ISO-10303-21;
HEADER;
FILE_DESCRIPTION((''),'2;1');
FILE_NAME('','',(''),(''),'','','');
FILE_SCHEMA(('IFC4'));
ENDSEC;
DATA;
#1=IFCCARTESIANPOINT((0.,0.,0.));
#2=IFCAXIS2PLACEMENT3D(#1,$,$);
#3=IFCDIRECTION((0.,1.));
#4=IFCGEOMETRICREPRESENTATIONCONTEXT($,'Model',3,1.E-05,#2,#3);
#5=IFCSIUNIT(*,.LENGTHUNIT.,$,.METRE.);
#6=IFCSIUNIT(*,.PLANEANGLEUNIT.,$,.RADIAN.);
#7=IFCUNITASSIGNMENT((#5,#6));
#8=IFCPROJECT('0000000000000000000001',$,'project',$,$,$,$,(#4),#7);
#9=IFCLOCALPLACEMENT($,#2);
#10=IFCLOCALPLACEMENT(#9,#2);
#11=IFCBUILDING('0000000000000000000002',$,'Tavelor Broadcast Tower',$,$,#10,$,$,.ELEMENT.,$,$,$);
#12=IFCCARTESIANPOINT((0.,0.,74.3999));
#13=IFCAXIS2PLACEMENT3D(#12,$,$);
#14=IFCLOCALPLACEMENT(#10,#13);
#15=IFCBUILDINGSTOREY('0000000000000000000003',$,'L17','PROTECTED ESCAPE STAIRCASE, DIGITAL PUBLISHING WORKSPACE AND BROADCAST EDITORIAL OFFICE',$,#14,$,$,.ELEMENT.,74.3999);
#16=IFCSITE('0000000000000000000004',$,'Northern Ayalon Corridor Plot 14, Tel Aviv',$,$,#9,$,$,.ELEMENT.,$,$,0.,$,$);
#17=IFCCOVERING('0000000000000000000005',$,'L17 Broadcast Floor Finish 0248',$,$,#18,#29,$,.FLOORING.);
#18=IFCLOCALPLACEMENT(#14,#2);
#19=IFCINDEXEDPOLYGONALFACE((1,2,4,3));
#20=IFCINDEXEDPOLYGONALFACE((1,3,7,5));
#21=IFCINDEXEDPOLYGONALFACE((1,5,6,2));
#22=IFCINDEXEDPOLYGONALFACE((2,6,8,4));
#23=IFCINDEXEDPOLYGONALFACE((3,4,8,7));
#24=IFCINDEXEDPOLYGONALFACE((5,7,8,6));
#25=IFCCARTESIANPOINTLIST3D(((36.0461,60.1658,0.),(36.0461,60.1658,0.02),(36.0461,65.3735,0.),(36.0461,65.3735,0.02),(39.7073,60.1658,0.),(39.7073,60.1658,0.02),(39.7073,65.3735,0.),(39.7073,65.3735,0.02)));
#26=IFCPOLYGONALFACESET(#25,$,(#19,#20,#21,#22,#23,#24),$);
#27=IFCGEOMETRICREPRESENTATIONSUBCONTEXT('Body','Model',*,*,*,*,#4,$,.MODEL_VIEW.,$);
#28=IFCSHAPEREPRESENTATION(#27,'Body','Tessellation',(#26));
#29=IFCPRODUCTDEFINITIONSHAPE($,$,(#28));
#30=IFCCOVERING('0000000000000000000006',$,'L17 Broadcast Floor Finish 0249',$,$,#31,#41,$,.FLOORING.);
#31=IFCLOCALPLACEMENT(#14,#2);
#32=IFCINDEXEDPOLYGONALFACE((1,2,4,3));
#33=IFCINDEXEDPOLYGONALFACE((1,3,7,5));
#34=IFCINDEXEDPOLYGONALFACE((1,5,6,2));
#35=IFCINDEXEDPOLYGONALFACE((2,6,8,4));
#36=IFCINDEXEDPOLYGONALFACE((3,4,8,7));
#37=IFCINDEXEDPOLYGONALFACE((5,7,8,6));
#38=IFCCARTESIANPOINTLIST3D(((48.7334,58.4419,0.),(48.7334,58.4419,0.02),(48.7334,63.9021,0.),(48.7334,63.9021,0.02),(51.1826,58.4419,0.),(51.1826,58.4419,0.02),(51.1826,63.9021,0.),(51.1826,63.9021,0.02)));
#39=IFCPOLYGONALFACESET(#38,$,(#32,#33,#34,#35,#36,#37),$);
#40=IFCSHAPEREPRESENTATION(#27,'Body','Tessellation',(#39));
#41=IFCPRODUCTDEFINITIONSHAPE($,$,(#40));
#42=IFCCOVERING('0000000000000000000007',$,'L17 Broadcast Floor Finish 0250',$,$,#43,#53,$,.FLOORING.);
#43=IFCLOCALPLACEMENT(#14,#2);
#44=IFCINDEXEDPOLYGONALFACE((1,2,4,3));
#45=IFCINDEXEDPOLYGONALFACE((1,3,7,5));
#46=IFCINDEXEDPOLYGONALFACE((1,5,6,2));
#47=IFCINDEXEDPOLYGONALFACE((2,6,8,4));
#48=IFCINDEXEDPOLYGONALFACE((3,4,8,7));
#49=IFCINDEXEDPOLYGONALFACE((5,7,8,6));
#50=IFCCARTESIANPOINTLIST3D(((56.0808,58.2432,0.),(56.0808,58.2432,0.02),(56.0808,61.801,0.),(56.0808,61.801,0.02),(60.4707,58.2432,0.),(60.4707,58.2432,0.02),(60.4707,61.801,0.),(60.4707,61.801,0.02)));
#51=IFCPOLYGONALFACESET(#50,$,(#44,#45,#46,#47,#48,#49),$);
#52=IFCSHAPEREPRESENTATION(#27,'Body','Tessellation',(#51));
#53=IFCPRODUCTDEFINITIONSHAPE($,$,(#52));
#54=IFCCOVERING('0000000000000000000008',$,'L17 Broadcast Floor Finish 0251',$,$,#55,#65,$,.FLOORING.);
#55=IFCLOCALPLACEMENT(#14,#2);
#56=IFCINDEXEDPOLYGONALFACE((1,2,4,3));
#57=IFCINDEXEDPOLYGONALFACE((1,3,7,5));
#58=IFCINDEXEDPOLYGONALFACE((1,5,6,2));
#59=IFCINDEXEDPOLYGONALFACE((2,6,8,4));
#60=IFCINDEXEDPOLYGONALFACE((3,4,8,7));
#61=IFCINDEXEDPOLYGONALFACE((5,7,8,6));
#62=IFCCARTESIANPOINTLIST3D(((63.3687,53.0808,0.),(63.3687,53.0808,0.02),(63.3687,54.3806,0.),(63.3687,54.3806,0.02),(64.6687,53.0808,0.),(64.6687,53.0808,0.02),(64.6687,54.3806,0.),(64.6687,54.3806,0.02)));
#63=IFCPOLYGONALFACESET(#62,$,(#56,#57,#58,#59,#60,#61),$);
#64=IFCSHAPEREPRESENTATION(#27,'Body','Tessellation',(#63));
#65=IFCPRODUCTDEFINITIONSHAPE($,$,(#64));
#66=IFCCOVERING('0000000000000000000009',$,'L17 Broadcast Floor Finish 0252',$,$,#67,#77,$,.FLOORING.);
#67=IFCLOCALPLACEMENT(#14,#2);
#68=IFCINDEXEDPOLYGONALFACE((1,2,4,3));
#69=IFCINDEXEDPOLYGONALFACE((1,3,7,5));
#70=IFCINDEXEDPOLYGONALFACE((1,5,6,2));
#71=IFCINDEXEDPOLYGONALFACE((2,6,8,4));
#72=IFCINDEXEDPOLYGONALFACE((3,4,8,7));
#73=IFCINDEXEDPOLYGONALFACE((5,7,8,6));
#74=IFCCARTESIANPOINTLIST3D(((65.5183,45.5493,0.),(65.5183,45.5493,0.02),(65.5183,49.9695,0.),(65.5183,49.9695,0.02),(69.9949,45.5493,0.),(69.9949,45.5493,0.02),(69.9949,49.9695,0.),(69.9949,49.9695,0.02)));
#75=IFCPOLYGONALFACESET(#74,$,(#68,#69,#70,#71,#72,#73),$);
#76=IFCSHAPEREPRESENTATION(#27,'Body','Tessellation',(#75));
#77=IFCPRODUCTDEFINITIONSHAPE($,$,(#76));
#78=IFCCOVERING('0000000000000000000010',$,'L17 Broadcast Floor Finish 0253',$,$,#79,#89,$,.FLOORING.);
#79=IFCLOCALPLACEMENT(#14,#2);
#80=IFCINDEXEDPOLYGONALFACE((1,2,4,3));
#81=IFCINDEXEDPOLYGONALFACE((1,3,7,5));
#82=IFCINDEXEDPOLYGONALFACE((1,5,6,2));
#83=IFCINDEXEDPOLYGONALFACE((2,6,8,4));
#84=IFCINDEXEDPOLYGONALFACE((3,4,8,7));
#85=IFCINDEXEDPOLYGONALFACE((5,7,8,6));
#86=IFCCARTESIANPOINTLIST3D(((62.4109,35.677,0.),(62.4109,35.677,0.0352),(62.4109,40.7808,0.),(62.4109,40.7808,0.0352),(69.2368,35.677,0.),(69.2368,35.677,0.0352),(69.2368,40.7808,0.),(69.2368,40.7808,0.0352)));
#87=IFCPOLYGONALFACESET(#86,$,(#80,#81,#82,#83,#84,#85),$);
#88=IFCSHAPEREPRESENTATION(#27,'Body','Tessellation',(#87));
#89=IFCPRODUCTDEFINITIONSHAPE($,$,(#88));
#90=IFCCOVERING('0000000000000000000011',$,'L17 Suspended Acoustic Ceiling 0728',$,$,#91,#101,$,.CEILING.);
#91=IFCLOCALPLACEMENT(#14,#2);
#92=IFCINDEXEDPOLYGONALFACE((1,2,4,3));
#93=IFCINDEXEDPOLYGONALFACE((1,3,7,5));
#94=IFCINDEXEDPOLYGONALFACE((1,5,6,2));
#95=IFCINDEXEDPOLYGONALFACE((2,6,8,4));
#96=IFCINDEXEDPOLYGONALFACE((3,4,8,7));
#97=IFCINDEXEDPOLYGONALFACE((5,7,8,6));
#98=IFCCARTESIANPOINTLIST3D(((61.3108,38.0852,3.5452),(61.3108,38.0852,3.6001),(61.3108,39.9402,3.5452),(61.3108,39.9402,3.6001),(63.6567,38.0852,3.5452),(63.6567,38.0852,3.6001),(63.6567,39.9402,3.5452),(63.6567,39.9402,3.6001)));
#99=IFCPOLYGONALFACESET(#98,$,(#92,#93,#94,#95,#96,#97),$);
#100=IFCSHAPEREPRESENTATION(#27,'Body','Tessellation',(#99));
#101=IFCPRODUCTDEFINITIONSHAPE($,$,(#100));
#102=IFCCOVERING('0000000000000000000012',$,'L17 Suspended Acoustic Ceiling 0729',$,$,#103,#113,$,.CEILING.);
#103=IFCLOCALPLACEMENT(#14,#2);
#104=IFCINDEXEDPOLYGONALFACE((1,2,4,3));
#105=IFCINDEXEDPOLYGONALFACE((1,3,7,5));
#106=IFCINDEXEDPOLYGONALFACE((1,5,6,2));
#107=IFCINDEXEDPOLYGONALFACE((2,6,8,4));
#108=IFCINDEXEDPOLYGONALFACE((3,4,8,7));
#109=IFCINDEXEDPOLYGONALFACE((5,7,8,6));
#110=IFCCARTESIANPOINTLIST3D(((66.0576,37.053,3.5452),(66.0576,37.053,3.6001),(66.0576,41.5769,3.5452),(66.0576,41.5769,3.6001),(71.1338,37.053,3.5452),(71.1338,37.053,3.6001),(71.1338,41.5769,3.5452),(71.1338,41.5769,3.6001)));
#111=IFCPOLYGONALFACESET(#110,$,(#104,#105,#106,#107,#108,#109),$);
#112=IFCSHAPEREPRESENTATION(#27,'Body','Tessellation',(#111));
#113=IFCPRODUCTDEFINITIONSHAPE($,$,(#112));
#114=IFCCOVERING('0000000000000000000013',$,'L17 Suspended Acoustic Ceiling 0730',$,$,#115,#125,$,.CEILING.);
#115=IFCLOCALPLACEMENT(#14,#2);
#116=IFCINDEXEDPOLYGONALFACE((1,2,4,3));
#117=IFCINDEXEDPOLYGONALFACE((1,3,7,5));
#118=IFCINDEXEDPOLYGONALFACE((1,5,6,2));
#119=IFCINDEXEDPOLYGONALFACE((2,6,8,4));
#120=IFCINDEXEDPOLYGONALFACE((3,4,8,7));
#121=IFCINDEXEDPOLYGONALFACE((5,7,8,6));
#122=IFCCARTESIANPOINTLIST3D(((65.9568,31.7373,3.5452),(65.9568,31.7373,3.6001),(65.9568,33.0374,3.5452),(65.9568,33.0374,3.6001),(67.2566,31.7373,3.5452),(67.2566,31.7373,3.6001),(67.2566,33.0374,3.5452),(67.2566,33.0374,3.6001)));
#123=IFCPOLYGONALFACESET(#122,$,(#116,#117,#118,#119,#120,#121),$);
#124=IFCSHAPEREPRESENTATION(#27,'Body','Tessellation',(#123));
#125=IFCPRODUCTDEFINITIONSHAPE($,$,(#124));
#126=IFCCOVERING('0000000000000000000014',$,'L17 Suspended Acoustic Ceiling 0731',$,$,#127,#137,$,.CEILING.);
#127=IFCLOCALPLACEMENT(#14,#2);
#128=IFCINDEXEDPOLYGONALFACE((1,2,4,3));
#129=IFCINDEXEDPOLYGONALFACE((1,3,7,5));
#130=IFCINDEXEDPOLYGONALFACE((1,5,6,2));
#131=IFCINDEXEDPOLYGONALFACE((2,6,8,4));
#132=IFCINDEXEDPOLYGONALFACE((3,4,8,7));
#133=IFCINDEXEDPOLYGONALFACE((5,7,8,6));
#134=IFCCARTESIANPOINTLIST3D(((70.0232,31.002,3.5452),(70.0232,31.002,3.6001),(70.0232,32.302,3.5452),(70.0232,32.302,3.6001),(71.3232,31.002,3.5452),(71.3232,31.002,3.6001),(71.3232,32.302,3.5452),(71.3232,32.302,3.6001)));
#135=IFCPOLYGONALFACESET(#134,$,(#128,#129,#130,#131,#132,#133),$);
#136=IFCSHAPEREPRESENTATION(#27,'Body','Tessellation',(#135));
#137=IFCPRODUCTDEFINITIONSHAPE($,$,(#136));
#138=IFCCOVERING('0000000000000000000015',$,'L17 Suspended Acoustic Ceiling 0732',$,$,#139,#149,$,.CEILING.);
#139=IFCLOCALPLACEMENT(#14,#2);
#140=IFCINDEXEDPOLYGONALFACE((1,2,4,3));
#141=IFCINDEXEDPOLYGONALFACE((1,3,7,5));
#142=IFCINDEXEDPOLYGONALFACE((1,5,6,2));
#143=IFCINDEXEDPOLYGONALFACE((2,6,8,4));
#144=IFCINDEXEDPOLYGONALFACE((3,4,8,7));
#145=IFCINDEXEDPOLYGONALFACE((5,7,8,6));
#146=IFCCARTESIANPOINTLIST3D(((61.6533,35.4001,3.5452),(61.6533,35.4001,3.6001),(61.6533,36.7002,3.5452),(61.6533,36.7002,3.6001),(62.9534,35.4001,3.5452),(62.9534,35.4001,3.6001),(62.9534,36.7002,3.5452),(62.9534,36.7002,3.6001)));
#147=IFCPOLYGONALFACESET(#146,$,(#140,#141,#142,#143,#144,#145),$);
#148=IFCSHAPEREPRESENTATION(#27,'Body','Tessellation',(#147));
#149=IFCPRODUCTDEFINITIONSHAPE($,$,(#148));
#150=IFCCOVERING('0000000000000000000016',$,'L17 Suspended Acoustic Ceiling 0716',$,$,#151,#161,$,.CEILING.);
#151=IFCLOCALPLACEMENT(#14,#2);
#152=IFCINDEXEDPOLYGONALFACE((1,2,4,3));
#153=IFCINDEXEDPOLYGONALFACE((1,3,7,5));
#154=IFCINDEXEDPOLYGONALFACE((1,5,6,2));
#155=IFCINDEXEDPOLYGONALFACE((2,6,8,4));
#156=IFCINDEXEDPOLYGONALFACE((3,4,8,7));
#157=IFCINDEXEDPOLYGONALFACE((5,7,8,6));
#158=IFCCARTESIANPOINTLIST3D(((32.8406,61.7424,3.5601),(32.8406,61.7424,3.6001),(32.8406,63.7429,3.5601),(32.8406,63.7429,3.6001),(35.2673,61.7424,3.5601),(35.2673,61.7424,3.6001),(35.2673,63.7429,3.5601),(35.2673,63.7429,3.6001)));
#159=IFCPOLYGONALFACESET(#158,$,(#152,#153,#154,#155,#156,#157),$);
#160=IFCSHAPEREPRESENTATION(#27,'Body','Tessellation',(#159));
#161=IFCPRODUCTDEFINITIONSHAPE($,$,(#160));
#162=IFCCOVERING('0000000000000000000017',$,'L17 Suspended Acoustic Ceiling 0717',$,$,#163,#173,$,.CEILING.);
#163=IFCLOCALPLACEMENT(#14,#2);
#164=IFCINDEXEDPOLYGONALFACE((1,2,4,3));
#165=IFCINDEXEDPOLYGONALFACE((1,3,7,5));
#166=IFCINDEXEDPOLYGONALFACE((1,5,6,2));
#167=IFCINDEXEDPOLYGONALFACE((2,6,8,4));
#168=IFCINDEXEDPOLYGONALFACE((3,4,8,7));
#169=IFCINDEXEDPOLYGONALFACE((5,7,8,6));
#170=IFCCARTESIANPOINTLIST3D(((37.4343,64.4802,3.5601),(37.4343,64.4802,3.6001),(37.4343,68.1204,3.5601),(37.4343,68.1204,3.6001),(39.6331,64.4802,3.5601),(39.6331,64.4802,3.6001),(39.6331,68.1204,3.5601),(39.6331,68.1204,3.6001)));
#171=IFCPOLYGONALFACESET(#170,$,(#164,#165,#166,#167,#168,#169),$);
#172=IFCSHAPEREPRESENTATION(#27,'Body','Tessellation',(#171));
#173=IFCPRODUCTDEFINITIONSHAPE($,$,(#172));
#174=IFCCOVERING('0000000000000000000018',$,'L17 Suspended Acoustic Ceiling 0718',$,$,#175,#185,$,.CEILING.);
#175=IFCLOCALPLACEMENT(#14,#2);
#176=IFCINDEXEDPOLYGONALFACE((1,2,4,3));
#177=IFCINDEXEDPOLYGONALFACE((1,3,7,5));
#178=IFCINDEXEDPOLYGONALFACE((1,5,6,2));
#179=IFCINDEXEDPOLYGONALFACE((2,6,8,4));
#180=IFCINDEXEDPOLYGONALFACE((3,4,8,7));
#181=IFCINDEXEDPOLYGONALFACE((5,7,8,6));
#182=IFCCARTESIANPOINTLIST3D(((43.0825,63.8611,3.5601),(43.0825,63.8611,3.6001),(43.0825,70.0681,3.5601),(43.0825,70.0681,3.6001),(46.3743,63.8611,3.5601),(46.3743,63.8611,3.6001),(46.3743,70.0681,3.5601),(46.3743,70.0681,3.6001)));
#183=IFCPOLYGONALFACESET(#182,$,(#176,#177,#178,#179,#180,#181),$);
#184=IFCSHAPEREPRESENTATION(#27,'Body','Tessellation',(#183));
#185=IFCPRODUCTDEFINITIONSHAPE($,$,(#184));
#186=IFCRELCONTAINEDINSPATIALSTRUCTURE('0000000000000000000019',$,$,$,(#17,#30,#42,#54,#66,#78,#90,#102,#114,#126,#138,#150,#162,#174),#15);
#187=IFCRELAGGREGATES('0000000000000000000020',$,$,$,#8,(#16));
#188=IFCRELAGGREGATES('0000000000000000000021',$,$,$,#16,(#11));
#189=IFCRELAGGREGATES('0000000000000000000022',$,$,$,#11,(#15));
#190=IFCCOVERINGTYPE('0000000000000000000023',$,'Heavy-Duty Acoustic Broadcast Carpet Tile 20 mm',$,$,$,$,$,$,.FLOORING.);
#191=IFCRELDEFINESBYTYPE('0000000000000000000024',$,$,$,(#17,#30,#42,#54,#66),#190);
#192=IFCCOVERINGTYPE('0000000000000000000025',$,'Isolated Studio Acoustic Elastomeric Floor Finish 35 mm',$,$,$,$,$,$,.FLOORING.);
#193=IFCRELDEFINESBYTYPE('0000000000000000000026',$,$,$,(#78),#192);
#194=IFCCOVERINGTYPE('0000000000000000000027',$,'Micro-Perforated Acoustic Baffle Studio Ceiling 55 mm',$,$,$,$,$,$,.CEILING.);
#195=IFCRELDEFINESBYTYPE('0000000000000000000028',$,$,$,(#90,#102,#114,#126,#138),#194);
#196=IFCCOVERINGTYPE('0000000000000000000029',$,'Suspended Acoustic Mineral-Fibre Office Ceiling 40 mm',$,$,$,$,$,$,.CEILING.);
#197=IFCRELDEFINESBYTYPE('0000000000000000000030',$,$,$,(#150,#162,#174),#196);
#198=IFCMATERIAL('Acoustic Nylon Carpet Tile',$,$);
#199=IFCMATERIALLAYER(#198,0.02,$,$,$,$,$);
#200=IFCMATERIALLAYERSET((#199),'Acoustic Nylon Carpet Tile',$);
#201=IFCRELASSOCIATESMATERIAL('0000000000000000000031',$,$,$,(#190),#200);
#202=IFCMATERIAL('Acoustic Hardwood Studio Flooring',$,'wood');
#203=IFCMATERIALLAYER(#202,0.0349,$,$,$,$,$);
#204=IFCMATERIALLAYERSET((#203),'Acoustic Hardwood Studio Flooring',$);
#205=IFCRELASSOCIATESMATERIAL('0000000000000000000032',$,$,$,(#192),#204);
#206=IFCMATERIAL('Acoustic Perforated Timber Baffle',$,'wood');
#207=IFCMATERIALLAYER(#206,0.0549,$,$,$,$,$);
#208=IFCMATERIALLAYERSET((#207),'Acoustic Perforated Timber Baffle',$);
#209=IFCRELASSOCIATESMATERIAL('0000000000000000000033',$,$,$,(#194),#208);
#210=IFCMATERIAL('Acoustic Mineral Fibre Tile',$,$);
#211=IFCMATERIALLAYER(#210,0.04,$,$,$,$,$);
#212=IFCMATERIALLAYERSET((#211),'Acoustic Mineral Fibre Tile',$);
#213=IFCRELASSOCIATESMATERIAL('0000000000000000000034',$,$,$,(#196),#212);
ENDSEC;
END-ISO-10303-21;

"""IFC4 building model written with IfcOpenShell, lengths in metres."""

from ifc_helpers import new_model, si_unit, direction, frame, origin, place, context, subcontext, project, spatial, polyline, outline, extrude, material, layer, layer_set, type_object, element, save


model = new_model("IFC4")

# Units and contexts
model_context = context("Model", 3, precision=1e-05, world=origin(), true_north=direction((0.0, 1.0)))
body_context = subcontext(model_context, "Body", "Model", "MODEL_VIEW")
ifc_project = project(units=[si_unit("LENGTHUNIT", "METRE"), si_unit("PLANEANGLEUNIT", "RADIAN")], contexts=[model_context])

# Site, building, storey
site_placement = place(None, origin())
site = spatial("IfcSite", under=ifc_project, at=site_placement, Name="Northern Ayalon Corridor Plot 14, Tel Aviv", CompositionType="ELEMENT", RefElevation=0.0)
building_placement = place(site_placement, origin())
building = spatial("IfcBuilding", under=site, at=building_placement, Name="Tavelor Broadcast Tower", CompositionType="ELEMENT")
storey_placement = place(building_placement, frame((0.0, 0.0, 74.3999)))
storey = spatial("IfcBuildingStorey", under=building, at=storey_placement, Name="L17", Description="PROTECTED ESCAPE STAIRCASE, DIGITAL PUBLISHING WORKSPACE AND BROADCAST EDITORIAL OFFICE", CompositionType="ELEMENT", Elevation=74.3999)

# Coverings
ifc_material_1 = material(Name="Acoustic Nylon Carpet Tile")
ifc_layer_1 = layer(ifc_material_1, 0.02)
ifc_layer_set_1 = layer_set([ifc_layer_1], Name="Acoustic Nylon Carpet Tile")
covering_type_1 = type_object("IfcCoveringType", Name="Heavy-Duty Acoustic Broadcast Carpet Tile 20 mm", PredefinedType="FLOORING", material=ifc_layer_set_1)
covering_1_placement = place(storey_placement, origin())
element("IfcCovering", 1, at=covering_1_placement, inside=storey, type_object=covering_type_1, Name="L17 Broadcast Floor Finish 0248", PredefinedType="FLOORING", context=body_context, shape_type="SweptSolid", body=[
    extrude(outline(polyline([(36.0461, 60.1658), (39.7073, 60.1658), (39.7073, 65.3735), (36.0461, 65.3735), (36.0461, 60.1658)])), origin(), (0.0, 0.0, 1.0), 0.02),
])
covering_2_placement = place(storey_placement, origin())
element("IfcCovering", 2, at=covering_2_placement, inside=storey, type_object=covering_type_1, Name="L17 Broadcast Floor Finish 0249", PredefinedType="FLOORING", context=body_context, shape_type="SweptSolid", body=[
    extrude(outline(polyline([(48.7334, 58.4419), (51.1826, 58.4419), (51.1826, 63.9021), (48.7334, 63.9021), (48.7334, 58.4419)])), origin(), (0.0, 0.0, 1.0), 0.02),
])
covering_3_placement = place(storey_placement, origin())
element("IfcCovering", 3, at=covering_3_placement, inside=storey, type_object=covering_type_1, Name="L17 Broadcast Floor Finish 0250", PredefinedType="FLOORING", context=body_context, shape_type="SweptSolid", body=[
    extrude(outline(polyline([(56.0808, 58.2432), (60.4707, 58.2432), (60.4707, 61.801), (56.0808, 61.801), (56.0808, 58.2432)])), origin(), (0.0, 0.0, 1.0), 0.02),
])
covering_4_placement = place(storey_placement, origin())
element("IfcCovering", 4, at=covering_4_placement, inside=storey, type_object=covering_type_1, Name="L17 Broadcast Floor Finish 0251", PredefinedType="FLOORING", context=body_context, shape_type="SweptSolid", body=[
    extrude(outline(polyline([(63.3687, 53.0808), (64.6687, 53.0808), (64.6687, 54.3806), (63.3687, 54.3806), (63.3687, 53.0808)])), origin(), (0.0, 0.0, 1.0), 0.02),
])
covering_5_placement = place(storey_placement, origin())
element("IfcCovering", 5, at=covering_5_placement, inside=storey, type_object=covering_type_1, Name="L17 Broadcast Floor Finish 0252", PredefinedType="FLOORING", context=body_context, shape_type="SweptSolid", body=[
    extrude(outline(polyline([(65.5183, 45.5493), (69.9949, 45.5493), (69.9949, 49.9695), (65.5183, 49.9695), (65.5183, 45.5493)])), origin(), (0.0, 0.0, 1.0), 0.02),
])
ifc_material_2 = material(Name="Acoustic Hardwood Studio Flooring", Category="wood")
ifc_layer_2 = layer(ifc_material_2, 0.0349)
ifc_layer_set_2 = layer_set([ifc_layer_2], Name="Acoustic Hardwood Studio Flooring")
covering_type_2 = type_object("IfcCoveringType", Name="Isolated Studio Acoustic Elastomeric Floor Finish 35 mm", PredefinedType="FLOORING", material=ifc_layer_set_2)
covering_6_placement = place(storey_placement, origin())
element("IfcCovering", 6, at=covering_6_placement, inside=storey, type_object=covering_type_2, Name="L17 Broadcast Floor Finish 0253", PredefinedType="FLOORING", context=body_context, shape_type="SweptSolid", body=[
    extrude(outline(polyline([(62.4109, 35.677), (69.2368, 35.677), (69.2368, 40.7808), (62.4109, 40.7808), (62.4109, 35.677)])), origin(), (0.0, 0.0, 1.0), 0.0352),
])
ifc_material_3 = material(Name="Acoustic Perforated Timber Baffle", Category="wood")
ifc_layer_3 = layer(ifc_material_3, 0.0549)
ifc_layer_set_3 = layer_set([ifc_layer_3], Name="Acoustic Perforated Timber Baffle")
covering_type_3 = type_object("IfcCoveringType", Name="Micro-Perforated Acoustic Baffle Studio Ceiling 55 mm", PredefinedType="CEILING", material=ifc_layer_set_3)
covering_7_placement = place(storey_placement, frame((0.0, 0.0, 3.5452)))
element("IfcCovering", 7, at=covering_7_placement, inside=storey, type_object=covering_type_3, Name="L17 Suspended Acoustic Ceiling 0728", PredefinedType="CEILING", context=body_context, shape_type="SweptSolid", body=[
    extrude(outline(polyline([(61.3108, 38.0852), (63.6567, 38.0852), (63.6567, 39.9402), (61.3108, 39.9402), (61.3108, 38.0852)])), origin(), (0.0, 0.0, 1.0), 0.0549),
])
covering_8_placement = place(storey_placement, frame((0.0, 0.0, 3.5452)))
element("IfcCovering", 8, at=covering_8_placement, inside=storey, type_object=covering_type_3, Name="L17 Suspended Acoustic Ceiling 0729", PredefinedType="CEILING", context=body_context, shape_type="SweptSolid", body=[
    extrude(outline(polyline([(66.0576, 37.053), (71.1338, 37.053), (71.1338, 41.5769), (66.0576, 41.5769), (66.0576, 37.053)])), origin(), (0.0, 0.0, 1.0), 0.0549),
])
covering_9_placement = place(storey_placement, frame((0.0, 0.0, 3.5452)))
element("IfcCovering", 9, at=covering_9_placement, inside=storey, type_object=covering_type_3, Name="L17 Suspended Acoustic Ceiling 0730", PredefinedType="CEILING", context=body_context, shape_type="SweptSolid", body=[
    extrude(outline(polyline([(65.9568, 31.7373), (67.2566, 31.7373), (67.2566, 33.0374), (65.9568, 33.0374), (65.9568, 31.7373)])), origin(), (0.0, 0.0, 1.0), 0.0549),
])
covering_10_placement = place(storey_placement, frame((0.0, 0.0, 3.5452)))
element("IfcCovering", 10, at=covering_10_placement, inside=storey, type_object=covering_type_3, Name="L17 Suspended Acoustic Ceiling 0731", PredefinedType="CEILING", context=body_context, shape_type="SweptSolid", body=[
    extrude(outline(polyline([(70.0232, 31.002), (71.3232, 31.002), (71.3232, 32.302), (70.0232, 32.302), (70.0232, 31.002)])), origin(), (0.0, 0.0, 1.0), 0.0549),
])
covering_11_placement = place(storey_placement, frame((0.0, 0.0, 3.5452)))
element("IfcCovering", 11, at=covering_11_placement, inside=storey, type_object=covering_type_3, Name="L17 Suspended Acoustic Ceiling 0732", PredefinedType="CEILING", context=body_context, shape_type="SweptSolid", body=[
    extrude(outline(polyline([(61.6533, 35.4001), (62.9534, 35.4001), (62.9534, 36.7002), (61.6533, 36.7002), (61.6533, 35.4001)])), origin(), (0.0, 0.0, 1.0), 0.0549),
])
ifc_material_4 = material(Name="Acoustic Mineral Fibre Tile")
ifc_layer_4 = layer(ifc_material_4, 0.04)
ifc_layer_set_4 = layer_set([ifc_layer_4], Name="Acoustic Mineral Fibre Tile")
covering_type_4 = type_object("IfcCoveringType", Name="Suspended Acoustic Mineral-Fibre Office Ceiling 40 mm", PredefinedType="CEILING", material=ifc_layer_set_4)
covering_12_placement = place(storey_placement, frame((0.0, 0.0, 3.5601)))
element("IfcCovering", 12, at=covering_12_placement, inside=storey, type_object=covering_type_4, Name="L17 Suspended Acoustic Ceiling 0716", PredefinedType="CEILING", context=body_context, shape_type="SweptSolid", body=[
    extrude(outline(polyline([(32.8406, 61.7424), (35.2673, 61.7424), (35.2673, 63.7429), (32.8406, 63.7429), (32.8406, 61.7424)])), origin(), (0.0, 0.0, 1.0), 0.04),
])
covering_13_placement = place(storey_placement, frame((0.0, 0.0, 3.5601)))
element("IfcCovering", 13, at=covering_13_placement, inside=storey, type_object=covering_type_4, Name="L17 Suspended Acoustic Ceiling 0717", PredefinedType="CEILING", context=body_context, shape_type="SweptSolid", body=[
    extrude(outline(polyline([(37.4343, 64.4802), (39.6331, 64.4802), (39.6331, 68.1204), (37.4343, 68.1204), (37.4343, 64.4802)])), origin(), (0.0, 0.0, 1.0), 0.04),
])
covering_14_placement = place(storey_placement, frame((0.0, 0.0, 3.5601)))
element("IfcCovering", 14, at=covering_14_placement, inside=storey, type_object=covering_type_4, Name="L17 Suspended Acoustic Ceiling 0718", PredefinedType="CEILING", context=body_context, shape_type="SweptSolid", body=[
    extrude(outline(polyline([(43.0825, 63.8611), (46.3743, 63.8611), (46.3743, 70.0681), (43.0825, 70.0681), (43.0825, 63.8611)])), origin(), (0.0, 0.0, 1.0), 0.04),
])

save(model, "model.ifc")
